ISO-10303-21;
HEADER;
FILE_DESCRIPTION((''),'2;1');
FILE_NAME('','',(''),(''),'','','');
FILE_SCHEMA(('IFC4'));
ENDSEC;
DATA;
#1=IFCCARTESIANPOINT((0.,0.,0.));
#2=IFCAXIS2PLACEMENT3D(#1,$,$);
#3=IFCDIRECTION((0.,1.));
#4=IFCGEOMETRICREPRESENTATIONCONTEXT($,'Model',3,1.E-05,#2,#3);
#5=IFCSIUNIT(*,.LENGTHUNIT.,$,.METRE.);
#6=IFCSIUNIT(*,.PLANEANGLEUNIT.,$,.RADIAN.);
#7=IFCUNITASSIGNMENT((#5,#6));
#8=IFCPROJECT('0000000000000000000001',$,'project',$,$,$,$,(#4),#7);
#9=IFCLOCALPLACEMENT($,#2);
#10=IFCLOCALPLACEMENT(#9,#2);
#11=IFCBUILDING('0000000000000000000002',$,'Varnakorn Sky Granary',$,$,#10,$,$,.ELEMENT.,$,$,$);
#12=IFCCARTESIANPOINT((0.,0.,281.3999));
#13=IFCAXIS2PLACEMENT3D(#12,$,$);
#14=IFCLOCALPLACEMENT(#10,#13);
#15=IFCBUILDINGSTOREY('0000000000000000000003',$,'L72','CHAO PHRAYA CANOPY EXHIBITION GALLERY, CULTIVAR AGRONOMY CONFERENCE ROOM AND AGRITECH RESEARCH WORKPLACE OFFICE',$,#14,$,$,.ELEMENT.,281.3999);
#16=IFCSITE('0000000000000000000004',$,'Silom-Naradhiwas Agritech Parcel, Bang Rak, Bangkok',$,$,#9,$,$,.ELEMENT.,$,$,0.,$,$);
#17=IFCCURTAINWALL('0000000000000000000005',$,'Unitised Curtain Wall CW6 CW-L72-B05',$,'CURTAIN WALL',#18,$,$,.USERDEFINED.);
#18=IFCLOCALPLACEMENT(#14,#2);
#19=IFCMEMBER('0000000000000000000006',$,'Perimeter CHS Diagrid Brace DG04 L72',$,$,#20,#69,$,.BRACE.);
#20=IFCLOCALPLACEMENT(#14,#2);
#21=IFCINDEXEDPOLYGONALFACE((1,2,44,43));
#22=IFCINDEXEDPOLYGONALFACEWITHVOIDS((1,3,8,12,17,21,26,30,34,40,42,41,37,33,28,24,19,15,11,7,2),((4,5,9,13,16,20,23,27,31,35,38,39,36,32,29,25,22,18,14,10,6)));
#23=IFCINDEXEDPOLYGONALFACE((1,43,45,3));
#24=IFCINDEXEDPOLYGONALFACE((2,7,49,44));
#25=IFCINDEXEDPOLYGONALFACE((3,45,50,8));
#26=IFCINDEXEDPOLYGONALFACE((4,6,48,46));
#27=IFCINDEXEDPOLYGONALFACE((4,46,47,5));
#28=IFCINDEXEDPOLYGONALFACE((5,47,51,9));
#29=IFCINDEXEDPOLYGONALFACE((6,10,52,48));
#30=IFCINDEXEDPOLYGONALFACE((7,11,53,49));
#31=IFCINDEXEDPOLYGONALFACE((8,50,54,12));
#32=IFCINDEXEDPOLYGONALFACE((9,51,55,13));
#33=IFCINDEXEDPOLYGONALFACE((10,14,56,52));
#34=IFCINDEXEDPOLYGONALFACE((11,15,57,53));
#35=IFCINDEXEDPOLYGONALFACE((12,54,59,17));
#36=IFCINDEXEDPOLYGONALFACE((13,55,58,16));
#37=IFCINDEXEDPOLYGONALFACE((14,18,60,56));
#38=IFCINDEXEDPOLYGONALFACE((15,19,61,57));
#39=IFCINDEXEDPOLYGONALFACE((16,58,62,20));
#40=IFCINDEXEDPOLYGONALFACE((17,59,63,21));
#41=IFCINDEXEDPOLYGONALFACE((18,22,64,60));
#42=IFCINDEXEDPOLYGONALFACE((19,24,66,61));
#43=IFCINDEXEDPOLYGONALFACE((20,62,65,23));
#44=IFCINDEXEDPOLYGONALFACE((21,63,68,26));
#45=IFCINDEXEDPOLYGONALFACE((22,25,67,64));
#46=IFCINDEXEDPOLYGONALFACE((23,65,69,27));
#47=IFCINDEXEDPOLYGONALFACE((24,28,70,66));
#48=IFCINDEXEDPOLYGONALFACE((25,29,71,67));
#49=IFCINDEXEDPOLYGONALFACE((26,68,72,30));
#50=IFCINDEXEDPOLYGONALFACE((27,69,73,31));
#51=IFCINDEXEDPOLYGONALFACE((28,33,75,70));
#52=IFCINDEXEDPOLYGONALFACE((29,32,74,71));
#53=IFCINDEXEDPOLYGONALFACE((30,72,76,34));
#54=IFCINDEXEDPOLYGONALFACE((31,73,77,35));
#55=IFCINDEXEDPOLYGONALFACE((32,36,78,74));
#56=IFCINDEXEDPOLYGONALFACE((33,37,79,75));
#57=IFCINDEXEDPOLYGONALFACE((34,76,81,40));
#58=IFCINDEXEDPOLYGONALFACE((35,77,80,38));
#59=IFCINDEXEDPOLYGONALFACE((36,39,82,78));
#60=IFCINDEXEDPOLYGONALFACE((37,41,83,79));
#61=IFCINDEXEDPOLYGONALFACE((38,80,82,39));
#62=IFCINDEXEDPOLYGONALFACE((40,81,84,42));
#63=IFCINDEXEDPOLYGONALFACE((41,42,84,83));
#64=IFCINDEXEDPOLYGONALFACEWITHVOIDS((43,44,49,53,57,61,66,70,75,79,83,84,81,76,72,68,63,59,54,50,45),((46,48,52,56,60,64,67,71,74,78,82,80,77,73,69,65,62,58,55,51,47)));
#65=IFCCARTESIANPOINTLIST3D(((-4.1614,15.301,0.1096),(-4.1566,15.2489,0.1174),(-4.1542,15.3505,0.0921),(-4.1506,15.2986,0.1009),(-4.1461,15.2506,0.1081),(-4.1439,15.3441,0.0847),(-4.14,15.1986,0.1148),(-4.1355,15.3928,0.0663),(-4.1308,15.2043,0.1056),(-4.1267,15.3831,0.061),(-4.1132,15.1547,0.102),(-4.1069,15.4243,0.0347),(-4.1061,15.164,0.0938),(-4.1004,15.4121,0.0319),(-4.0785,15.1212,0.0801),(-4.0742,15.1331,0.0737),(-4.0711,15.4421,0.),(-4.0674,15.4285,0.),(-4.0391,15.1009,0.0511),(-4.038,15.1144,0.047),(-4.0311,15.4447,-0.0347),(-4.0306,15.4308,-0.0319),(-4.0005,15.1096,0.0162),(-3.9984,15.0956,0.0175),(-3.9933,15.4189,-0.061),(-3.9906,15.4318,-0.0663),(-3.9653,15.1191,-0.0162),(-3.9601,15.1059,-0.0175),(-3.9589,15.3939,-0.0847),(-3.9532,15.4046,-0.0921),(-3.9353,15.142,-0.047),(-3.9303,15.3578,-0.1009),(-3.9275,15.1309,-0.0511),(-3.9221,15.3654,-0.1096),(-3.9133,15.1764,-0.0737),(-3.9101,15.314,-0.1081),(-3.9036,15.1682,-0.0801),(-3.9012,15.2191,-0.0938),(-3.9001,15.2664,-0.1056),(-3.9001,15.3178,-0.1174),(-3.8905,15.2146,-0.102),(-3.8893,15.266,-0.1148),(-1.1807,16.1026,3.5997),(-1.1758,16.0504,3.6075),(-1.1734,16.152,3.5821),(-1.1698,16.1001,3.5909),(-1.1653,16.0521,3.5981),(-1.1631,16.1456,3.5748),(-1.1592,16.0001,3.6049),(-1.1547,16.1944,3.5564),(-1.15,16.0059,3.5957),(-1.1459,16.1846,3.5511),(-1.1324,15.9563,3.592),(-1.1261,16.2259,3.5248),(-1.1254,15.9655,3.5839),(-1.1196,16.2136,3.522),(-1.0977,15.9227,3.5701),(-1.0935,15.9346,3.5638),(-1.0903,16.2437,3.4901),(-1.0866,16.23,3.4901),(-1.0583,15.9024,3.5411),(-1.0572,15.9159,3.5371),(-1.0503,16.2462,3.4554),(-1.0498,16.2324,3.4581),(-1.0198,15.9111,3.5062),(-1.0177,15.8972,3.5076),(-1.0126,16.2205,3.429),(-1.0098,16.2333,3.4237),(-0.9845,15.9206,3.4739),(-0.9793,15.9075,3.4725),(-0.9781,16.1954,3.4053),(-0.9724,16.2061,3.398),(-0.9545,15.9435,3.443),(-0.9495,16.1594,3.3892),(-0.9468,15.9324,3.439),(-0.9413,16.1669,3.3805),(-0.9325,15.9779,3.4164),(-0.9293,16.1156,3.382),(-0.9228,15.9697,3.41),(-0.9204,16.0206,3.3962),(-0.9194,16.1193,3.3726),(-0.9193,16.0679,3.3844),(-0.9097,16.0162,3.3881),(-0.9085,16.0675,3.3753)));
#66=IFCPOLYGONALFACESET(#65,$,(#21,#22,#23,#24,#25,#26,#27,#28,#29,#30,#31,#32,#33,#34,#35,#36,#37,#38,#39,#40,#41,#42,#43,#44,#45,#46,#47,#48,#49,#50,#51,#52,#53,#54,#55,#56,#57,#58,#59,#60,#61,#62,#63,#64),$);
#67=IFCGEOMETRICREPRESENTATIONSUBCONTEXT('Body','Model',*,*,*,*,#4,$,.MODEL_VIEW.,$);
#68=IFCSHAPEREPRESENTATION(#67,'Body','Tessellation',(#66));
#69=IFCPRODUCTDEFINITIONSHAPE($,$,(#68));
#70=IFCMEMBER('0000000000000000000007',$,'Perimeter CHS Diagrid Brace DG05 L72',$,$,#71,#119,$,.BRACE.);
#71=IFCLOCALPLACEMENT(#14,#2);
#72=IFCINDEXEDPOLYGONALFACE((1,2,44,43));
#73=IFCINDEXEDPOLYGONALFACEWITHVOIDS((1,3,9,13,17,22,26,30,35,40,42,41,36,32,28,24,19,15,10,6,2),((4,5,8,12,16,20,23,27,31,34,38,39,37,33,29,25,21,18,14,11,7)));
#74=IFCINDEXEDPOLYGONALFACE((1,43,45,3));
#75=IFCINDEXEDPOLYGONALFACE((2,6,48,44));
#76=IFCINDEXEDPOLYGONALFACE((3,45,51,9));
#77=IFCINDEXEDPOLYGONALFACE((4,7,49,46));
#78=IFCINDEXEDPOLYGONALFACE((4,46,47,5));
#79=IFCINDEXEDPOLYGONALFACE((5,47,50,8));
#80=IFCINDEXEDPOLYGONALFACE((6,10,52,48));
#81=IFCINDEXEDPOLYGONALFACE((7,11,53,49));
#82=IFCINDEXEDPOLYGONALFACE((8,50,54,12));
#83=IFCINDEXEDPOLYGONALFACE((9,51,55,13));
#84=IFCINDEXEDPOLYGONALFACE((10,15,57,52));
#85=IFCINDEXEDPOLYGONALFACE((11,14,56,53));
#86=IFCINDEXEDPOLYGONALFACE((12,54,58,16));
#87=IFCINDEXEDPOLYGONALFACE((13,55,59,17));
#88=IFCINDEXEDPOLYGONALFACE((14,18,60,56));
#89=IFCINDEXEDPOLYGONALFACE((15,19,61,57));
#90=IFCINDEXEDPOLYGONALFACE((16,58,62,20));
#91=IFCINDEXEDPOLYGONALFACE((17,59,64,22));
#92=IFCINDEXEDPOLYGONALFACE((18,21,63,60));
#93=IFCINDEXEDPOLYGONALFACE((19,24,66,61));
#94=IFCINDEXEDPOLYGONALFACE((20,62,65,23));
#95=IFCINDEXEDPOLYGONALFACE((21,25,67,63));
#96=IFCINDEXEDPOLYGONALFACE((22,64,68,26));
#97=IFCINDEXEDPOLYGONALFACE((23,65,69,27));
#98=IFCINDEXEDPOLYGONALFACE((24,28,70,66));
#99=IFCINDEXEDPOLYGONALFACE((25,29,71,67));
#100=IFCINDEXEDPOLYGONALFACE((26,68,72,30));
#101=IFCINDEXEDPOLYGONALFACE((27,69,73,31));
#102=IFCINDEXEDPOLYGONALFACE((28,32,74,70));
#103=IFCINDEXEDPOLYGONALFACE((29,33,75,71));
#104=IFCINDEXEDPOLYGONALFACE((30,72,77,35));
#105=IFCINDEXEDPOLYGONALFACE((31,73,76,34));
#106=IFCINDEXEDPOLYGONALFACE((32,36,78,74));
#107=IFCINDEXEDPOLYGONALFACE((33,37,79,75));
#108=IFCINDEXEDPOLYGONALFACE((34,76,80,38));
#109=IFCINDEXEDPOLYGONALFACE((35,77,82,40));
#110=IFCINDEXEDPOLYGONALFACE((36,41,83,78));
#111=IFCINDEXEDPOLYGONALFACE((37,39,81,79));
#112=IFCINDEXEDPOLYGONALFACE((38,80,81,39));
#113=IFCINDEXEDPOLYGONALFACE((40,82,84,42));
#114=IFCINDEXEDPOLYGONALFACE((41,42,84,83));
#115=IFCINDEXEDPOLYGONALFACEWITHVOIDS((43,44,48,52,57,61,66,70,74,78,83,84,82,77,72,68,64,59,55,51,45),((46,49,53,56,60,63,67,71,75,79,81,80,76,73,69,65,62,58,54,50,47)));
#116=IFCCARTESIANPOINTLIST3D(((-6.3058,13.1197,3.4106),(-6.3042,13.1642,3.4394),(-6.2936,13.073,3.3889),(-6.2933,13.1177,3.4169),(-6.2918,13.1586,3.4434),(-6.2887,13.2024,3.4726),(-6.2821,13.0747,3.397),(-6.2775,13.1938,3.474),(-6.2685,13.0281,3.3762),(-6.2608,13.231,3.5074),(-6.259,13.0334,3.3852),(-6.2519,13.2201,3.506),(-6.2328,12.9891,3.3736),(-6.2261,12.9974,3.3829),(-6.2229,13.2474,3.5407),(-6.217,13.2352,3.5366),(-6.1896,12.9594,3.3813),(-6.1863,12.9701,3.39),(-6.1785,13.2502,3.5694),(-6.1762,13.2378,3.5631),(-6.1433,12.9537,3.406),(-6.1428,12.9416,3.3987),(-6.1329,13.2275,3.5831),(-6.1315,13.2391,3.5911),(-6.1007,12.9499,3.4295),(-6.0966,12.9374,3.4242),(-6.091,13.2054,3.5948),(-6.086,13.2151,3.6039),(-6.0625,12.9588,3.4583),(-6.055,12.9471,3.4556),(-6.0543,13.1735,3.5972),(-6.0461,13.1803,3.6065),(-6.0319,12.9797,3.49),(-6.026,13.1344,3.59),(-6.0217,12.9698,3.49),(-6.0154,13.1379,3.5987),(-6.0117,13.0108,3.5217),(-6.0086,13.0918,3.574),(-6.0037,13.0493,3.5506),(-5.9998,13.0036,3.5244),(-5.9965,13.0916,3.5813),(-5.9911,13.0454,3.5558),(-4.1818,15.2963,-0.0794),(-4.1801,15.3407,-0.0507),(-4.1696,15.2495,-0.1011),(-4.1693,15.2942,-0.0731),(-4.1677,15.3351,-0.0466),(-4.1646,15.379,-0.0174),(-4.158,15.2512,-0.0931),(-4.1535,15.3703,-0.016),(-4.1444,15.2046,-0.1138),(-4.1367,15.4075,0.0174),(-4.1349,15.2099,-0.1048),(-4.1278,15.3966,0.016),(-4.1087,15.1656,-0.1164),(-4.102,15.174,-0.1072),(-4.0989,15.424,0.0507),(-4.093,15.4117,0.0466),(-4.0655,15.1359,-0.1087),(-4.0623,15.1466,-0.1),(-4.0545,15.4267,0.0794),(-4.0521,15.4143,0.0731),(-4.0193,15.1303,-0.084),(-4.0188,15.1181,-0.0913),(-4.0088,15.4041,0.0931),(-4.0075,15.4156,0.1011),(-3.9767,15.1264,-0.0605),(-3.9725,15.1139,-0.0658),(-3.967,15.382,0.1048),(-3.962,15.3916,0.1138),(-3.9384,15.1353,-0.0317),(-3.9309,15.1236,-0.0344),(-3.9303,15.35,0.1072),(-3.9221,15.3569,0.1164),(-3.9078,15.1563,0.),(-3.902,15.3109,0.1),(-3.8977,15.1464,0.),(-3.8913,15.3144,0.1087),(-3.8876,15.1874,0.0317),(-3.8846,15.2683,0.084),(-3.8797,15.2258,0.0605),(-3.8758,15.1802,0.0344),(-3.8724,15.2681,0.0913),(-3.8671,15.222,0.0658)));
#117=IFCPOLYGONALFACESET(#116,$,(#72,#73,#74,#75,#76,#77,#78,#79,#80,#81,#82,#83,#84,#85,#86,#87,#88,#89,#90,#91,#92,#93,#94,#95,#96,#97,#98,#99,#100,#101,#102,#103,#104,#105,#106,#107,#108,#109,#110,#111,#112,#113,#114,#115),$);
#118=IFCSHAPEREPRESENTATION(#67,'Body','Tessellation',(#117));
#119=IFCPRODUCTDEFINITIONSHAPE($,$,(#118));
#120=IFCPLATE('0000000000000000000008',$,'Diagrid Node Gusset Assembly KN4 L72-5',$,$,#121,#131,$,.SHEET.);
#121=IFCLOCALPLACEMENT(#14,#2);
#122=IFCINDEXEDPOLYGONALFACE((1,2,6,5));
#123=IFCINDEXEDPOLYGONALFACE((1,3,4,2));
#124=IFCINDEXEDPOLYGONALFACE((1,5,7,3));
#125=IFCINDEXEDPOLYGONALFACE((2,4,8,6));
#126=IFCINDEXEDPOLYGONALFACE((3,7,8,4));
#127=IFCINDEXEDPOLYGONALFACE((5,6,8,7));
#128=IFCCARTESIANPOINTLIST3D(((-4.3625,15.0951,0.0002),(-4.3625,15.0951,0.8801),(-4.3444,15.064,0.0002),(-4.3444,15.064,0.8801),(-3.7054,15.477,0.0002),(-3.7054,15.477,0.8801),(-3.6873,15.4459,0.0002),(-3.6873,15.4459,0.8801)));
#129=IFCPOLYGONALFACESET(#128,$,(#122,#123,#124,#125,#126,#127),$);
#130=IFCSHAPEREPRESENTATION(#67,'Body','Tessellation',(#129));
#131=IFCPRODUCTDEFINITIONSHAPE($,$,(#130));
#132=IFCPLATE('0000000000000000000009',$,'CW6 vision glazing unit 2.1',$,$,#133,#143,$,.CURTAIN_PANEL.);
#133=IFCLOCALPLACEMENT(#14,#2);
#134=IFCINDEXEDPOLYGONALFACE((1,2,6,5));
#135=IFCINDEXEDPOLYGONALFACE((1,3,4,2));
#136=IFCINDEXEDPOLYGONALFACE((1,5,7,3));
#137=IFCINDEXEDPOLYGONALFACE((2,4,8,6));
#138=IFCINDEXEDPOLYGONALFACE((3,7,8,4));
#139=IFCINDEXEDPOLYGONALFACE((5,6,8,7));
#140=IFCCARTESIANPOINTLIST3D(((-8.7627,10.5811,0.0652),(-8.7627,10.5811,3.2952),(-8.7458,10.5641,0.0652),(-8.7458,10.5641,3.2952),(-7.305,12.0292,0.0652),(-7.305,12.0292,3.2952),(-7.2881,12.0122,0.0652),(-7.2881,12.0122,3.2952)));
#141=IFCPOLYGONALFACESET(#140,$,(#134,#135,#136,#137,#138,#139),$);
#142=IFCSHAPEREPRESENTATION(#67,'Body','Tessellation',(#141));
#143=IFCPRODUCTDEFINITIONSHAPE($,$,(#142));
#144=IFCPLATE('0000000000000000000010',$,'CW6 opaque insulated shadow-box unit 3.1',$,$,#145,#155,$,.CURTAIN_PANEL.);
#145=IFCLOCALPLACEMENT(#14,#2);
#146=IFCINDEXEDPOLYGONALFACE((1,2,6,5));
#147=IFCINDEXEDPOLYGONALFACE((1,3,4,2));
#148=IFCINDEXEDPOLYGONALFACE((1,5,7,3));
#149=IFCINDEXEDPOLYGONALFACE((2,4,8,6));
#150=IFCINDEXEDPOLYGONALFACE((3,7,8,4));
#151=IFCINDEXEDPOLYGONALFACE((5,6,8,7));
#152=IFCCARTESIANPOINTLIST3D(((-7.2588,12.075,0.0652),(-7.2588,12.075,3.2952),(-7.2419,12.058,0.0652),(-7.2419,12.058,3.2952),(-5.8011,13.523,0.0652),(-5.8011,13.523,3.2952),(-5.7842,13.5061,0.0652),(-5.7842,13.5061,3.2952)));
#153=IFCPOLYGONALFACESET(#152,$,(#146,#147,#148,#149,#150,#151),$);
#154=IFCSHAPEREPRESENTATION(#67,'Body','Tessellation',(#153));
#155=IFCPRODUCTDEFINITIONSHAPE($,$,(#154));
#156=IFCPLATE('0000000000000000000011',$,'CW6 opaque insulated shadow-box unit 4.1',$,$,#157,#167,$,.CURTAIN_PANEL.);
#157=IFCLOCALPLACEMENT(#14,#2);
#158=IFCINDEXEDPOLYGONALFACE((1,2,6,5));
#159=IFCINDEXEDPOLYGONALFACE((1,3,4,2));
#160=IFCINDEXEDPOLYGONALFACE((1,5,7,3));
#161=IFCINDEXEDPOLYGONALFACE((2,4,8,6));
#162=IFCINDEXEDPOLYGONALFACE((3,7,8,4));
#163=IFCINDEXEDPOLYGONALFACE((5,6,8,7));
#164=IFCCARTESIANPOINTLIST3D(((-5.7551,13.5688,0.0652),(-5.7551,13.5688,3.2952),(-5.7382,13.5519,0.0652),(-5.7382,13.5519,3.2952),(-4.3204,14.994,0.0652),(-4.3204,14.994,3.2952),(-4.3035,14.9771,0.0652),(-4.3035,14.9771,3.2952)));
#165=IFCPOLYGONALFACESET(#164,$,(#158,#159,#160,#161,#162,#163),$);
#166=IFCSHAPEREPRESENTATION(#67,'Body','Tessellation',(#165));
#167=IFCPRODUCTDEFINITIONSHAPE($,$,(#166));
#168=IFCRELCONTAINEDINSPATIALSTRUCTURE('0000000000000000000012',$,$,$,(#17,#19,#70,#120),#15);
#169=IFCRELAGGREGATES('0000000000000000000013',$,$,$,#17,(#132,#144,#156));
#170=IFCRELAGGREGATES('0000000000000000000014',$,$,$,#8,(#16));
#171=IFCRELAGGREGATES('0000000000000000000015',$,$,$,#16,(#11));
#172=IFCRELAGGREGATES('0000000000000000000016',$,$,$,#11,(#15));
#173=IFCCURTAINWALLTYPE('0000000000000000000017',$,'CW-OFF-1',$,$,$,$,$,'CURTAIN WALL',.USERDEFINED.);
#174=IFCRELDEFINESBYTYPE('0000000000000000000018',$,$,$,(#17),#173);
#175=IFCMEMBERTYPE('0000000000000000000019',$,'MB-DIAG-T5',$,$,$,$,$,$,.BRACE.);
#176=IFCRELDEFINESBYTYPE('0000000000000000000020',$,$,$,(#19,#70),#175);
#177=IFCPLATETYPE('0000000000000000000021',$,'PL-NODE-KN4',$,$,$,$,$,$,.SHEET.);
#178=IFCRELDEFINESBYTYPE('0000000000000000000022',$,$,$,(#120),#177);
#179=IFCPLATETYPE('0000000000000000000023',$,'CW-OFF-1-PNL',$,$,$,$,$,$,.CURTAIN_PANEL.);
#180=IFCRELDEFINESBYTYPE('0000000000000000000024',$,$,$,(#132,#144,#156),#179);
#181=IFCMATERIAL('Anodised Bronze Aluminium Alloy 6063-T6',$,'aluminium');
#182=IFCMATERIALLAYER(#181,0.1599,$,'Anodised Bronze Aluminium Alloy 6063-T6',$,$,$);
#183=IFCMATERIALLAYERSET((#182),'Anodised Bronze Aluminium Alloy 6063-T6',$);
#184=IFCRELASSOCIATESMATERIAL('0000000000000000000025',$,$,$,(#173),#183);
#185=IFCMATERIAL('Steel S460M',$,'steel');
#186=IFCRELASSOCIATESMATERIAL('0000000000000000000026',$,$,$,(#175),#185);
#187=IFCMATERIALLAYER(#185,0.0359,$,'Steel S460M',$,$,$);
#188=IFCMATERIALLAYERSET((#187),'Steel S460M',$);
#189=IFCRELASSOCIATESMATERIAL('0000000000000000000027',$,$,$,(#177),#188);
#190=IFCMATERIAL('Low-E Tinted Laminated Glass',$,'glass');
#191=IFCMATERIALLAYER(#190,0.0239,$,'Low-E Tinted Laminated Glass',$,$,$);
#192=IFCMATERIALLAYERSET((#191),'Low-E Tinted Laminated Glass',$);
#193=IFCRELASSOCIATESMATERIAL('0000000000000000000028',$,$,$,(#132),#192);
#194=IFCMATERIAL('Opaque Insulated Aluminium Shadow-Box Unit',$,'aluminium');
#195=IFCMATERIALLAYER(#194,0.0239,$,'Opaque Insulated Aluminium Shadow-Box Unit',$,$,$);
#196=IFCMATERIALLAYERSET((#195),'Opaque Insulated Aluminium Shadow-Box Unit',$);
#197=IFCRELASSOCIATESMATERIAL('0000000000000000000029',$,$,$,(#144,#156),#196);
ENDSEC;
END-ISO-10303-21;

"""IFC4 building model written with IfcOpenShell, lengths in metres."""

from ifc_helpers import new_model, si_unit, direction, frame, origin, origin_2d, place, context, subcontext, project, spatial, rectangle, hollow_circle, extrude, source, transform, mapped, material, layer, layer_set, material_profile, profile_set, type_object, type_shapes, element, aggregate, save


model = new_model("IFC4")

# Units and contexts
model_context = context("Model", 3, precision=1e-05, world=origin(), true_north=direction((0.0, 1.0)))
body_context = subcontext(model_context, "Body", "Model", "MODEL_VIEW")
ifc_project = project(units=[si_unit("LENGTHUNIT", "METRE"), si_unit("PLANEANGLEUNIT", "RADIAN")], contexts=[model_context])

# Site, building, storey
site_placement = place(None, origin())
site = spatial("IfcSite", under=ifc_project, at=site_placement, Name="Silom-Naradhiwas Agritech Parcel, Bang Rak, Bangkok", CompositionType="ELEMENT", RefElevation=0.0)
building_placement = place(site_placement, origin())
building = spatial("IfcBuilding", under=site, at=building_placement, Name="Varnakorn Sky Granary", CompositionType="ELEMENT")
storey_placement = place(building_placement, frame((0.0, 0.0, 281.3999)))
storey = spatial("IfcBuildingStorey", under=building, at=storey_placement, Name="L72", Description="CHAO PHRAYA CANOPY EXHIBITION GALLERY, CULTIVAR AGRONOMY CONFERENCE ROOM AND AGRITECH RESEARCH WORKPLACE OFFICE", CompositionType="ELEMENT", Elevation=281.3999)

# Shared definitions
ifc_material_1 = material(Name="Steel S460M", Category="steel")

# Shared definitions
ifc_material_2 = material(Name="Anodised Bronze Aluminium Alloy 6063-T6", Category="aluminium")
ifc_layer_1 = layer(ifc_material_2, 0.1599, Name="Anodised Bronze Aluminium Alloy 6063-T6")
ifc_layer_set_1 = layer_set([ifc_layer_1], Name="Anodised Bronze Aluminium Alloy 6063-T6")
curtain_wall_type = type_object("IfcCurtainWallType", Name="CW-OFF-1", ElementType="CURTAIN WALL", PredefinedType="USERDEFINED", material=ifc_layer_set_1)

# Curtain wall
curtain_wall_1_placement = place(storey_placement, origin())
curtain_wall_1 = element("IfcCurtainWall", 1, at=curtain_wall_1_placement, inside=storey, type_object=curtain_wall_type, Name="Unitised Curtain Wall CW6 CW-L72-B05", ObjectType="CURTAIN WALL", PredefinedType="USERDEFINED")

# Members
ifc_material_profile_1 = material_profile(ifc_material_1, hollow_circle(Radius=0.1777, WallThickness=0.0142, at=origin_2d()), Name="CHS 355.6x14")
ifc_profile_set_1 = profile_set([ifc_material_profile_1], Name="Steel S460M")
member_type_1 = type_object("IfcMemberType", Name="MB-DIAG-T5", PredefinedType="BRACE", material=ifc_profile_set_1)
member_1_placement = place(storey_placement, frame((-4.0249, 15.2705, 0.0), z_axis=(0.639763, 0.172032, 0.749071), x_axis=(-0.259676, 0.965696, 0.0)))
element("IfcMember", 2, at=member_1_placement, inside=storey, type_object=member_type_1, Name="Perimeter CHS Diagrid Brace DG04 L72", PredefinedType="BRACE", context=body_context, shape_type="SweptSolid", body=[
    extrude(hollow_circle(Radius=0.1777, WallThickness=0.0142, at=origin_2d()), origin(), (0.0, 0.0, 1.0), 4.6592),
])
member_2_placement = place(storey_placement, frame((-4.0249, 15.2705, 0.0), z_axis=(-0.45884, -0.470179, 0.753921), x_axis=(0.715684, -0.698424, 0.0)))
element("IfcMember", 3, at=member_2_placement, inside=storey, type_object=member_type_1, Name="Perimeter CHS Diagrid Brace DG05 L72", PredefinedType="BRACE", context=body_context, shape_type="SweptSolid", body=[
    extrude(hollow_circle(Radius=0.1777, WallThickness=0.0142, at=origin_2d()), origin(), (0.0, 0.0, 1.0), 4.6292),
])

# Plates
ifc_layer_2 = layer(ifc_material_1, 0.0359, Name="Steel S460M")
ifc_layer_set_2 = layer_set([ifc_layer_2], Name="Steel S460M")
plate_type_1 = type_object("IfcPlateType", Name="PL-NODE-KN4", PredefinedType="SHEET", material=ifc_layer_set_2)
plate_1_placement = place(storey_placement, frame((-4.0249, 15.2705, 0.0002), z_axis=(0.0, 0.0, 1.0), x_axis=(-0.864587, -0.502483, 0.0)))
element("IfcPlate", 4, at=plate_1_placement, inside=storey, type_object=plate_type_1, Name="Diagrid Node Gusset Assembly KN4 L72-5", PredefinedType="SHEET", context=body_context, shape_type="SweptSolid", body=[
    extrude(rectangle(XDim=0.76, YDim=0.0359, at=origin_2d()), origin(), (0.0, 0.0, 1.0), 0.8799),
])
ifc_material_3 = material(Name="Low-E Tinted Laminated Glass", Category="glass")
ifc_layer_3 = layer(ifc_material_3, 0.0239, Name="Low-E Tinted Laminated Glass")
ifc_layer_set_3 = layer_set([ifc_layer_3], Name="Low-E Tinted Laminated Glass")
plate_type_2 = type_object("IfcPlateType", Name="CW-OFF-1-PNL", PredefinedType="CURTAIN_PANEL")
shared_shape_1 = source(origin(), body_context, "Body", "SweptSolid", [
    extrude(rectangle(XDim=2.0547, YDim=0.0239, at=origin_2d()), origin(), (0.0, 0.0, 1.0), 3.23),
])
plate_2_placement = place(storey_placement, frame((-8.0254, 11.2966, 0.0652), z_axis=(0.0, 0.0, 1.0), x_axis=(0.709444, 0.704762, 0.0)))
plate_2 = element("IfcPlate", 5, at=plate_2_placement, type_object=plate_type_2, material=ifc_layer_set_3, Name="CW6 vision glazing unit 2.1", PredefinedType="CURTAIN_PANEL", context=body_context, shape_type="MappedRepresentation", body=[
    mapped(shared_shape_1, transform((0.0, 0.0, 0.0), x_axis=(1.0, 0.0, 0.0), y_axis=(0.0, 1.0, 0.0), z_axis=(0.0, 0.0, 1.0), scale=1.0)),
])
ifc_material_4 = material(Name="Opaque Insulated Aluminium Shadow-Box Unit", Category="aluminium")
ifc_layer_4 = layer(ifc_material_4, 0.0239, Name="Opaque Insulated Aluminium Shadow-Box Unit")
ifc_layer_set_4 = layer_set([ifc_layer_4], Name="Opaque Insulated Aluminium Shadow-Box Unit")
plate_3_placement = place(storey_placement, frame((-6.5215, 12.7905, 0.0652), z_axis=(0.0, 0.0, 1.0), x_axis=(0.709444, 0.704762, 0.0)))
plate_3 = element("IfcPlate", 6, at=plate_3_placement, type_object=plate_type_2, material=ifc_layer_set_4, Name="CW6 opaque insulated shadow-box unit 3.1", PredefinedType="CURTAIN_PANEL", context=body_context, shape_type="MappedRepresentation", body=[
    mapped(shared_shape_1, transform((0.0, 0.0, 0.0), x_axis=(1.0, 0.0, 0.0), y_axis=(0.0, 1.0, 0.0), z_axis=(0.0, 0.0, 1.0), scale=1.0)),
])
shared_shape_2 = source(origin(), body_context, "Body", "SweptSolid", [
    extrude(rectangle(XDim=2.0222, YDim=0.0239, at=origin_2d()), origin(), (0.0, 0.0, 1.0), 3.23),
])
type_shapes(plate_type_2, [shared_shape_1, shared_shape_2])
plate_4_placement = place(storey_placement, frame((-5.0293, 14.2729, 0.0652), z_axis=(0.0, 0.0, 1.0), x_axis=(0.709444, 0.704762, 0.0)))
plate_4 = element("IfcPlate", 7, at=plate_4_placement, type_object=plate_type_2, material=ifc_layer_set_4, Name="CW6 opaque insulated shadow-box unit 4.1", PredefinedType="CURTAIN_PANEL", context=body_context, shape_type="MappedRepresentation", body=[
    mapped(shared_shape_2, transform((0.0, 0.0, 0.0), x_axis=(1.0, 0.0, 0.0), y_axis=(0.0, 1.0, 0.0), z_axis=(0.0, 0.0, 1.0), scale=1.0)),
])
aggregate(curtain_wall_1, [plate_2, plate_3, plate_4])

save(model, "model.ifc")
